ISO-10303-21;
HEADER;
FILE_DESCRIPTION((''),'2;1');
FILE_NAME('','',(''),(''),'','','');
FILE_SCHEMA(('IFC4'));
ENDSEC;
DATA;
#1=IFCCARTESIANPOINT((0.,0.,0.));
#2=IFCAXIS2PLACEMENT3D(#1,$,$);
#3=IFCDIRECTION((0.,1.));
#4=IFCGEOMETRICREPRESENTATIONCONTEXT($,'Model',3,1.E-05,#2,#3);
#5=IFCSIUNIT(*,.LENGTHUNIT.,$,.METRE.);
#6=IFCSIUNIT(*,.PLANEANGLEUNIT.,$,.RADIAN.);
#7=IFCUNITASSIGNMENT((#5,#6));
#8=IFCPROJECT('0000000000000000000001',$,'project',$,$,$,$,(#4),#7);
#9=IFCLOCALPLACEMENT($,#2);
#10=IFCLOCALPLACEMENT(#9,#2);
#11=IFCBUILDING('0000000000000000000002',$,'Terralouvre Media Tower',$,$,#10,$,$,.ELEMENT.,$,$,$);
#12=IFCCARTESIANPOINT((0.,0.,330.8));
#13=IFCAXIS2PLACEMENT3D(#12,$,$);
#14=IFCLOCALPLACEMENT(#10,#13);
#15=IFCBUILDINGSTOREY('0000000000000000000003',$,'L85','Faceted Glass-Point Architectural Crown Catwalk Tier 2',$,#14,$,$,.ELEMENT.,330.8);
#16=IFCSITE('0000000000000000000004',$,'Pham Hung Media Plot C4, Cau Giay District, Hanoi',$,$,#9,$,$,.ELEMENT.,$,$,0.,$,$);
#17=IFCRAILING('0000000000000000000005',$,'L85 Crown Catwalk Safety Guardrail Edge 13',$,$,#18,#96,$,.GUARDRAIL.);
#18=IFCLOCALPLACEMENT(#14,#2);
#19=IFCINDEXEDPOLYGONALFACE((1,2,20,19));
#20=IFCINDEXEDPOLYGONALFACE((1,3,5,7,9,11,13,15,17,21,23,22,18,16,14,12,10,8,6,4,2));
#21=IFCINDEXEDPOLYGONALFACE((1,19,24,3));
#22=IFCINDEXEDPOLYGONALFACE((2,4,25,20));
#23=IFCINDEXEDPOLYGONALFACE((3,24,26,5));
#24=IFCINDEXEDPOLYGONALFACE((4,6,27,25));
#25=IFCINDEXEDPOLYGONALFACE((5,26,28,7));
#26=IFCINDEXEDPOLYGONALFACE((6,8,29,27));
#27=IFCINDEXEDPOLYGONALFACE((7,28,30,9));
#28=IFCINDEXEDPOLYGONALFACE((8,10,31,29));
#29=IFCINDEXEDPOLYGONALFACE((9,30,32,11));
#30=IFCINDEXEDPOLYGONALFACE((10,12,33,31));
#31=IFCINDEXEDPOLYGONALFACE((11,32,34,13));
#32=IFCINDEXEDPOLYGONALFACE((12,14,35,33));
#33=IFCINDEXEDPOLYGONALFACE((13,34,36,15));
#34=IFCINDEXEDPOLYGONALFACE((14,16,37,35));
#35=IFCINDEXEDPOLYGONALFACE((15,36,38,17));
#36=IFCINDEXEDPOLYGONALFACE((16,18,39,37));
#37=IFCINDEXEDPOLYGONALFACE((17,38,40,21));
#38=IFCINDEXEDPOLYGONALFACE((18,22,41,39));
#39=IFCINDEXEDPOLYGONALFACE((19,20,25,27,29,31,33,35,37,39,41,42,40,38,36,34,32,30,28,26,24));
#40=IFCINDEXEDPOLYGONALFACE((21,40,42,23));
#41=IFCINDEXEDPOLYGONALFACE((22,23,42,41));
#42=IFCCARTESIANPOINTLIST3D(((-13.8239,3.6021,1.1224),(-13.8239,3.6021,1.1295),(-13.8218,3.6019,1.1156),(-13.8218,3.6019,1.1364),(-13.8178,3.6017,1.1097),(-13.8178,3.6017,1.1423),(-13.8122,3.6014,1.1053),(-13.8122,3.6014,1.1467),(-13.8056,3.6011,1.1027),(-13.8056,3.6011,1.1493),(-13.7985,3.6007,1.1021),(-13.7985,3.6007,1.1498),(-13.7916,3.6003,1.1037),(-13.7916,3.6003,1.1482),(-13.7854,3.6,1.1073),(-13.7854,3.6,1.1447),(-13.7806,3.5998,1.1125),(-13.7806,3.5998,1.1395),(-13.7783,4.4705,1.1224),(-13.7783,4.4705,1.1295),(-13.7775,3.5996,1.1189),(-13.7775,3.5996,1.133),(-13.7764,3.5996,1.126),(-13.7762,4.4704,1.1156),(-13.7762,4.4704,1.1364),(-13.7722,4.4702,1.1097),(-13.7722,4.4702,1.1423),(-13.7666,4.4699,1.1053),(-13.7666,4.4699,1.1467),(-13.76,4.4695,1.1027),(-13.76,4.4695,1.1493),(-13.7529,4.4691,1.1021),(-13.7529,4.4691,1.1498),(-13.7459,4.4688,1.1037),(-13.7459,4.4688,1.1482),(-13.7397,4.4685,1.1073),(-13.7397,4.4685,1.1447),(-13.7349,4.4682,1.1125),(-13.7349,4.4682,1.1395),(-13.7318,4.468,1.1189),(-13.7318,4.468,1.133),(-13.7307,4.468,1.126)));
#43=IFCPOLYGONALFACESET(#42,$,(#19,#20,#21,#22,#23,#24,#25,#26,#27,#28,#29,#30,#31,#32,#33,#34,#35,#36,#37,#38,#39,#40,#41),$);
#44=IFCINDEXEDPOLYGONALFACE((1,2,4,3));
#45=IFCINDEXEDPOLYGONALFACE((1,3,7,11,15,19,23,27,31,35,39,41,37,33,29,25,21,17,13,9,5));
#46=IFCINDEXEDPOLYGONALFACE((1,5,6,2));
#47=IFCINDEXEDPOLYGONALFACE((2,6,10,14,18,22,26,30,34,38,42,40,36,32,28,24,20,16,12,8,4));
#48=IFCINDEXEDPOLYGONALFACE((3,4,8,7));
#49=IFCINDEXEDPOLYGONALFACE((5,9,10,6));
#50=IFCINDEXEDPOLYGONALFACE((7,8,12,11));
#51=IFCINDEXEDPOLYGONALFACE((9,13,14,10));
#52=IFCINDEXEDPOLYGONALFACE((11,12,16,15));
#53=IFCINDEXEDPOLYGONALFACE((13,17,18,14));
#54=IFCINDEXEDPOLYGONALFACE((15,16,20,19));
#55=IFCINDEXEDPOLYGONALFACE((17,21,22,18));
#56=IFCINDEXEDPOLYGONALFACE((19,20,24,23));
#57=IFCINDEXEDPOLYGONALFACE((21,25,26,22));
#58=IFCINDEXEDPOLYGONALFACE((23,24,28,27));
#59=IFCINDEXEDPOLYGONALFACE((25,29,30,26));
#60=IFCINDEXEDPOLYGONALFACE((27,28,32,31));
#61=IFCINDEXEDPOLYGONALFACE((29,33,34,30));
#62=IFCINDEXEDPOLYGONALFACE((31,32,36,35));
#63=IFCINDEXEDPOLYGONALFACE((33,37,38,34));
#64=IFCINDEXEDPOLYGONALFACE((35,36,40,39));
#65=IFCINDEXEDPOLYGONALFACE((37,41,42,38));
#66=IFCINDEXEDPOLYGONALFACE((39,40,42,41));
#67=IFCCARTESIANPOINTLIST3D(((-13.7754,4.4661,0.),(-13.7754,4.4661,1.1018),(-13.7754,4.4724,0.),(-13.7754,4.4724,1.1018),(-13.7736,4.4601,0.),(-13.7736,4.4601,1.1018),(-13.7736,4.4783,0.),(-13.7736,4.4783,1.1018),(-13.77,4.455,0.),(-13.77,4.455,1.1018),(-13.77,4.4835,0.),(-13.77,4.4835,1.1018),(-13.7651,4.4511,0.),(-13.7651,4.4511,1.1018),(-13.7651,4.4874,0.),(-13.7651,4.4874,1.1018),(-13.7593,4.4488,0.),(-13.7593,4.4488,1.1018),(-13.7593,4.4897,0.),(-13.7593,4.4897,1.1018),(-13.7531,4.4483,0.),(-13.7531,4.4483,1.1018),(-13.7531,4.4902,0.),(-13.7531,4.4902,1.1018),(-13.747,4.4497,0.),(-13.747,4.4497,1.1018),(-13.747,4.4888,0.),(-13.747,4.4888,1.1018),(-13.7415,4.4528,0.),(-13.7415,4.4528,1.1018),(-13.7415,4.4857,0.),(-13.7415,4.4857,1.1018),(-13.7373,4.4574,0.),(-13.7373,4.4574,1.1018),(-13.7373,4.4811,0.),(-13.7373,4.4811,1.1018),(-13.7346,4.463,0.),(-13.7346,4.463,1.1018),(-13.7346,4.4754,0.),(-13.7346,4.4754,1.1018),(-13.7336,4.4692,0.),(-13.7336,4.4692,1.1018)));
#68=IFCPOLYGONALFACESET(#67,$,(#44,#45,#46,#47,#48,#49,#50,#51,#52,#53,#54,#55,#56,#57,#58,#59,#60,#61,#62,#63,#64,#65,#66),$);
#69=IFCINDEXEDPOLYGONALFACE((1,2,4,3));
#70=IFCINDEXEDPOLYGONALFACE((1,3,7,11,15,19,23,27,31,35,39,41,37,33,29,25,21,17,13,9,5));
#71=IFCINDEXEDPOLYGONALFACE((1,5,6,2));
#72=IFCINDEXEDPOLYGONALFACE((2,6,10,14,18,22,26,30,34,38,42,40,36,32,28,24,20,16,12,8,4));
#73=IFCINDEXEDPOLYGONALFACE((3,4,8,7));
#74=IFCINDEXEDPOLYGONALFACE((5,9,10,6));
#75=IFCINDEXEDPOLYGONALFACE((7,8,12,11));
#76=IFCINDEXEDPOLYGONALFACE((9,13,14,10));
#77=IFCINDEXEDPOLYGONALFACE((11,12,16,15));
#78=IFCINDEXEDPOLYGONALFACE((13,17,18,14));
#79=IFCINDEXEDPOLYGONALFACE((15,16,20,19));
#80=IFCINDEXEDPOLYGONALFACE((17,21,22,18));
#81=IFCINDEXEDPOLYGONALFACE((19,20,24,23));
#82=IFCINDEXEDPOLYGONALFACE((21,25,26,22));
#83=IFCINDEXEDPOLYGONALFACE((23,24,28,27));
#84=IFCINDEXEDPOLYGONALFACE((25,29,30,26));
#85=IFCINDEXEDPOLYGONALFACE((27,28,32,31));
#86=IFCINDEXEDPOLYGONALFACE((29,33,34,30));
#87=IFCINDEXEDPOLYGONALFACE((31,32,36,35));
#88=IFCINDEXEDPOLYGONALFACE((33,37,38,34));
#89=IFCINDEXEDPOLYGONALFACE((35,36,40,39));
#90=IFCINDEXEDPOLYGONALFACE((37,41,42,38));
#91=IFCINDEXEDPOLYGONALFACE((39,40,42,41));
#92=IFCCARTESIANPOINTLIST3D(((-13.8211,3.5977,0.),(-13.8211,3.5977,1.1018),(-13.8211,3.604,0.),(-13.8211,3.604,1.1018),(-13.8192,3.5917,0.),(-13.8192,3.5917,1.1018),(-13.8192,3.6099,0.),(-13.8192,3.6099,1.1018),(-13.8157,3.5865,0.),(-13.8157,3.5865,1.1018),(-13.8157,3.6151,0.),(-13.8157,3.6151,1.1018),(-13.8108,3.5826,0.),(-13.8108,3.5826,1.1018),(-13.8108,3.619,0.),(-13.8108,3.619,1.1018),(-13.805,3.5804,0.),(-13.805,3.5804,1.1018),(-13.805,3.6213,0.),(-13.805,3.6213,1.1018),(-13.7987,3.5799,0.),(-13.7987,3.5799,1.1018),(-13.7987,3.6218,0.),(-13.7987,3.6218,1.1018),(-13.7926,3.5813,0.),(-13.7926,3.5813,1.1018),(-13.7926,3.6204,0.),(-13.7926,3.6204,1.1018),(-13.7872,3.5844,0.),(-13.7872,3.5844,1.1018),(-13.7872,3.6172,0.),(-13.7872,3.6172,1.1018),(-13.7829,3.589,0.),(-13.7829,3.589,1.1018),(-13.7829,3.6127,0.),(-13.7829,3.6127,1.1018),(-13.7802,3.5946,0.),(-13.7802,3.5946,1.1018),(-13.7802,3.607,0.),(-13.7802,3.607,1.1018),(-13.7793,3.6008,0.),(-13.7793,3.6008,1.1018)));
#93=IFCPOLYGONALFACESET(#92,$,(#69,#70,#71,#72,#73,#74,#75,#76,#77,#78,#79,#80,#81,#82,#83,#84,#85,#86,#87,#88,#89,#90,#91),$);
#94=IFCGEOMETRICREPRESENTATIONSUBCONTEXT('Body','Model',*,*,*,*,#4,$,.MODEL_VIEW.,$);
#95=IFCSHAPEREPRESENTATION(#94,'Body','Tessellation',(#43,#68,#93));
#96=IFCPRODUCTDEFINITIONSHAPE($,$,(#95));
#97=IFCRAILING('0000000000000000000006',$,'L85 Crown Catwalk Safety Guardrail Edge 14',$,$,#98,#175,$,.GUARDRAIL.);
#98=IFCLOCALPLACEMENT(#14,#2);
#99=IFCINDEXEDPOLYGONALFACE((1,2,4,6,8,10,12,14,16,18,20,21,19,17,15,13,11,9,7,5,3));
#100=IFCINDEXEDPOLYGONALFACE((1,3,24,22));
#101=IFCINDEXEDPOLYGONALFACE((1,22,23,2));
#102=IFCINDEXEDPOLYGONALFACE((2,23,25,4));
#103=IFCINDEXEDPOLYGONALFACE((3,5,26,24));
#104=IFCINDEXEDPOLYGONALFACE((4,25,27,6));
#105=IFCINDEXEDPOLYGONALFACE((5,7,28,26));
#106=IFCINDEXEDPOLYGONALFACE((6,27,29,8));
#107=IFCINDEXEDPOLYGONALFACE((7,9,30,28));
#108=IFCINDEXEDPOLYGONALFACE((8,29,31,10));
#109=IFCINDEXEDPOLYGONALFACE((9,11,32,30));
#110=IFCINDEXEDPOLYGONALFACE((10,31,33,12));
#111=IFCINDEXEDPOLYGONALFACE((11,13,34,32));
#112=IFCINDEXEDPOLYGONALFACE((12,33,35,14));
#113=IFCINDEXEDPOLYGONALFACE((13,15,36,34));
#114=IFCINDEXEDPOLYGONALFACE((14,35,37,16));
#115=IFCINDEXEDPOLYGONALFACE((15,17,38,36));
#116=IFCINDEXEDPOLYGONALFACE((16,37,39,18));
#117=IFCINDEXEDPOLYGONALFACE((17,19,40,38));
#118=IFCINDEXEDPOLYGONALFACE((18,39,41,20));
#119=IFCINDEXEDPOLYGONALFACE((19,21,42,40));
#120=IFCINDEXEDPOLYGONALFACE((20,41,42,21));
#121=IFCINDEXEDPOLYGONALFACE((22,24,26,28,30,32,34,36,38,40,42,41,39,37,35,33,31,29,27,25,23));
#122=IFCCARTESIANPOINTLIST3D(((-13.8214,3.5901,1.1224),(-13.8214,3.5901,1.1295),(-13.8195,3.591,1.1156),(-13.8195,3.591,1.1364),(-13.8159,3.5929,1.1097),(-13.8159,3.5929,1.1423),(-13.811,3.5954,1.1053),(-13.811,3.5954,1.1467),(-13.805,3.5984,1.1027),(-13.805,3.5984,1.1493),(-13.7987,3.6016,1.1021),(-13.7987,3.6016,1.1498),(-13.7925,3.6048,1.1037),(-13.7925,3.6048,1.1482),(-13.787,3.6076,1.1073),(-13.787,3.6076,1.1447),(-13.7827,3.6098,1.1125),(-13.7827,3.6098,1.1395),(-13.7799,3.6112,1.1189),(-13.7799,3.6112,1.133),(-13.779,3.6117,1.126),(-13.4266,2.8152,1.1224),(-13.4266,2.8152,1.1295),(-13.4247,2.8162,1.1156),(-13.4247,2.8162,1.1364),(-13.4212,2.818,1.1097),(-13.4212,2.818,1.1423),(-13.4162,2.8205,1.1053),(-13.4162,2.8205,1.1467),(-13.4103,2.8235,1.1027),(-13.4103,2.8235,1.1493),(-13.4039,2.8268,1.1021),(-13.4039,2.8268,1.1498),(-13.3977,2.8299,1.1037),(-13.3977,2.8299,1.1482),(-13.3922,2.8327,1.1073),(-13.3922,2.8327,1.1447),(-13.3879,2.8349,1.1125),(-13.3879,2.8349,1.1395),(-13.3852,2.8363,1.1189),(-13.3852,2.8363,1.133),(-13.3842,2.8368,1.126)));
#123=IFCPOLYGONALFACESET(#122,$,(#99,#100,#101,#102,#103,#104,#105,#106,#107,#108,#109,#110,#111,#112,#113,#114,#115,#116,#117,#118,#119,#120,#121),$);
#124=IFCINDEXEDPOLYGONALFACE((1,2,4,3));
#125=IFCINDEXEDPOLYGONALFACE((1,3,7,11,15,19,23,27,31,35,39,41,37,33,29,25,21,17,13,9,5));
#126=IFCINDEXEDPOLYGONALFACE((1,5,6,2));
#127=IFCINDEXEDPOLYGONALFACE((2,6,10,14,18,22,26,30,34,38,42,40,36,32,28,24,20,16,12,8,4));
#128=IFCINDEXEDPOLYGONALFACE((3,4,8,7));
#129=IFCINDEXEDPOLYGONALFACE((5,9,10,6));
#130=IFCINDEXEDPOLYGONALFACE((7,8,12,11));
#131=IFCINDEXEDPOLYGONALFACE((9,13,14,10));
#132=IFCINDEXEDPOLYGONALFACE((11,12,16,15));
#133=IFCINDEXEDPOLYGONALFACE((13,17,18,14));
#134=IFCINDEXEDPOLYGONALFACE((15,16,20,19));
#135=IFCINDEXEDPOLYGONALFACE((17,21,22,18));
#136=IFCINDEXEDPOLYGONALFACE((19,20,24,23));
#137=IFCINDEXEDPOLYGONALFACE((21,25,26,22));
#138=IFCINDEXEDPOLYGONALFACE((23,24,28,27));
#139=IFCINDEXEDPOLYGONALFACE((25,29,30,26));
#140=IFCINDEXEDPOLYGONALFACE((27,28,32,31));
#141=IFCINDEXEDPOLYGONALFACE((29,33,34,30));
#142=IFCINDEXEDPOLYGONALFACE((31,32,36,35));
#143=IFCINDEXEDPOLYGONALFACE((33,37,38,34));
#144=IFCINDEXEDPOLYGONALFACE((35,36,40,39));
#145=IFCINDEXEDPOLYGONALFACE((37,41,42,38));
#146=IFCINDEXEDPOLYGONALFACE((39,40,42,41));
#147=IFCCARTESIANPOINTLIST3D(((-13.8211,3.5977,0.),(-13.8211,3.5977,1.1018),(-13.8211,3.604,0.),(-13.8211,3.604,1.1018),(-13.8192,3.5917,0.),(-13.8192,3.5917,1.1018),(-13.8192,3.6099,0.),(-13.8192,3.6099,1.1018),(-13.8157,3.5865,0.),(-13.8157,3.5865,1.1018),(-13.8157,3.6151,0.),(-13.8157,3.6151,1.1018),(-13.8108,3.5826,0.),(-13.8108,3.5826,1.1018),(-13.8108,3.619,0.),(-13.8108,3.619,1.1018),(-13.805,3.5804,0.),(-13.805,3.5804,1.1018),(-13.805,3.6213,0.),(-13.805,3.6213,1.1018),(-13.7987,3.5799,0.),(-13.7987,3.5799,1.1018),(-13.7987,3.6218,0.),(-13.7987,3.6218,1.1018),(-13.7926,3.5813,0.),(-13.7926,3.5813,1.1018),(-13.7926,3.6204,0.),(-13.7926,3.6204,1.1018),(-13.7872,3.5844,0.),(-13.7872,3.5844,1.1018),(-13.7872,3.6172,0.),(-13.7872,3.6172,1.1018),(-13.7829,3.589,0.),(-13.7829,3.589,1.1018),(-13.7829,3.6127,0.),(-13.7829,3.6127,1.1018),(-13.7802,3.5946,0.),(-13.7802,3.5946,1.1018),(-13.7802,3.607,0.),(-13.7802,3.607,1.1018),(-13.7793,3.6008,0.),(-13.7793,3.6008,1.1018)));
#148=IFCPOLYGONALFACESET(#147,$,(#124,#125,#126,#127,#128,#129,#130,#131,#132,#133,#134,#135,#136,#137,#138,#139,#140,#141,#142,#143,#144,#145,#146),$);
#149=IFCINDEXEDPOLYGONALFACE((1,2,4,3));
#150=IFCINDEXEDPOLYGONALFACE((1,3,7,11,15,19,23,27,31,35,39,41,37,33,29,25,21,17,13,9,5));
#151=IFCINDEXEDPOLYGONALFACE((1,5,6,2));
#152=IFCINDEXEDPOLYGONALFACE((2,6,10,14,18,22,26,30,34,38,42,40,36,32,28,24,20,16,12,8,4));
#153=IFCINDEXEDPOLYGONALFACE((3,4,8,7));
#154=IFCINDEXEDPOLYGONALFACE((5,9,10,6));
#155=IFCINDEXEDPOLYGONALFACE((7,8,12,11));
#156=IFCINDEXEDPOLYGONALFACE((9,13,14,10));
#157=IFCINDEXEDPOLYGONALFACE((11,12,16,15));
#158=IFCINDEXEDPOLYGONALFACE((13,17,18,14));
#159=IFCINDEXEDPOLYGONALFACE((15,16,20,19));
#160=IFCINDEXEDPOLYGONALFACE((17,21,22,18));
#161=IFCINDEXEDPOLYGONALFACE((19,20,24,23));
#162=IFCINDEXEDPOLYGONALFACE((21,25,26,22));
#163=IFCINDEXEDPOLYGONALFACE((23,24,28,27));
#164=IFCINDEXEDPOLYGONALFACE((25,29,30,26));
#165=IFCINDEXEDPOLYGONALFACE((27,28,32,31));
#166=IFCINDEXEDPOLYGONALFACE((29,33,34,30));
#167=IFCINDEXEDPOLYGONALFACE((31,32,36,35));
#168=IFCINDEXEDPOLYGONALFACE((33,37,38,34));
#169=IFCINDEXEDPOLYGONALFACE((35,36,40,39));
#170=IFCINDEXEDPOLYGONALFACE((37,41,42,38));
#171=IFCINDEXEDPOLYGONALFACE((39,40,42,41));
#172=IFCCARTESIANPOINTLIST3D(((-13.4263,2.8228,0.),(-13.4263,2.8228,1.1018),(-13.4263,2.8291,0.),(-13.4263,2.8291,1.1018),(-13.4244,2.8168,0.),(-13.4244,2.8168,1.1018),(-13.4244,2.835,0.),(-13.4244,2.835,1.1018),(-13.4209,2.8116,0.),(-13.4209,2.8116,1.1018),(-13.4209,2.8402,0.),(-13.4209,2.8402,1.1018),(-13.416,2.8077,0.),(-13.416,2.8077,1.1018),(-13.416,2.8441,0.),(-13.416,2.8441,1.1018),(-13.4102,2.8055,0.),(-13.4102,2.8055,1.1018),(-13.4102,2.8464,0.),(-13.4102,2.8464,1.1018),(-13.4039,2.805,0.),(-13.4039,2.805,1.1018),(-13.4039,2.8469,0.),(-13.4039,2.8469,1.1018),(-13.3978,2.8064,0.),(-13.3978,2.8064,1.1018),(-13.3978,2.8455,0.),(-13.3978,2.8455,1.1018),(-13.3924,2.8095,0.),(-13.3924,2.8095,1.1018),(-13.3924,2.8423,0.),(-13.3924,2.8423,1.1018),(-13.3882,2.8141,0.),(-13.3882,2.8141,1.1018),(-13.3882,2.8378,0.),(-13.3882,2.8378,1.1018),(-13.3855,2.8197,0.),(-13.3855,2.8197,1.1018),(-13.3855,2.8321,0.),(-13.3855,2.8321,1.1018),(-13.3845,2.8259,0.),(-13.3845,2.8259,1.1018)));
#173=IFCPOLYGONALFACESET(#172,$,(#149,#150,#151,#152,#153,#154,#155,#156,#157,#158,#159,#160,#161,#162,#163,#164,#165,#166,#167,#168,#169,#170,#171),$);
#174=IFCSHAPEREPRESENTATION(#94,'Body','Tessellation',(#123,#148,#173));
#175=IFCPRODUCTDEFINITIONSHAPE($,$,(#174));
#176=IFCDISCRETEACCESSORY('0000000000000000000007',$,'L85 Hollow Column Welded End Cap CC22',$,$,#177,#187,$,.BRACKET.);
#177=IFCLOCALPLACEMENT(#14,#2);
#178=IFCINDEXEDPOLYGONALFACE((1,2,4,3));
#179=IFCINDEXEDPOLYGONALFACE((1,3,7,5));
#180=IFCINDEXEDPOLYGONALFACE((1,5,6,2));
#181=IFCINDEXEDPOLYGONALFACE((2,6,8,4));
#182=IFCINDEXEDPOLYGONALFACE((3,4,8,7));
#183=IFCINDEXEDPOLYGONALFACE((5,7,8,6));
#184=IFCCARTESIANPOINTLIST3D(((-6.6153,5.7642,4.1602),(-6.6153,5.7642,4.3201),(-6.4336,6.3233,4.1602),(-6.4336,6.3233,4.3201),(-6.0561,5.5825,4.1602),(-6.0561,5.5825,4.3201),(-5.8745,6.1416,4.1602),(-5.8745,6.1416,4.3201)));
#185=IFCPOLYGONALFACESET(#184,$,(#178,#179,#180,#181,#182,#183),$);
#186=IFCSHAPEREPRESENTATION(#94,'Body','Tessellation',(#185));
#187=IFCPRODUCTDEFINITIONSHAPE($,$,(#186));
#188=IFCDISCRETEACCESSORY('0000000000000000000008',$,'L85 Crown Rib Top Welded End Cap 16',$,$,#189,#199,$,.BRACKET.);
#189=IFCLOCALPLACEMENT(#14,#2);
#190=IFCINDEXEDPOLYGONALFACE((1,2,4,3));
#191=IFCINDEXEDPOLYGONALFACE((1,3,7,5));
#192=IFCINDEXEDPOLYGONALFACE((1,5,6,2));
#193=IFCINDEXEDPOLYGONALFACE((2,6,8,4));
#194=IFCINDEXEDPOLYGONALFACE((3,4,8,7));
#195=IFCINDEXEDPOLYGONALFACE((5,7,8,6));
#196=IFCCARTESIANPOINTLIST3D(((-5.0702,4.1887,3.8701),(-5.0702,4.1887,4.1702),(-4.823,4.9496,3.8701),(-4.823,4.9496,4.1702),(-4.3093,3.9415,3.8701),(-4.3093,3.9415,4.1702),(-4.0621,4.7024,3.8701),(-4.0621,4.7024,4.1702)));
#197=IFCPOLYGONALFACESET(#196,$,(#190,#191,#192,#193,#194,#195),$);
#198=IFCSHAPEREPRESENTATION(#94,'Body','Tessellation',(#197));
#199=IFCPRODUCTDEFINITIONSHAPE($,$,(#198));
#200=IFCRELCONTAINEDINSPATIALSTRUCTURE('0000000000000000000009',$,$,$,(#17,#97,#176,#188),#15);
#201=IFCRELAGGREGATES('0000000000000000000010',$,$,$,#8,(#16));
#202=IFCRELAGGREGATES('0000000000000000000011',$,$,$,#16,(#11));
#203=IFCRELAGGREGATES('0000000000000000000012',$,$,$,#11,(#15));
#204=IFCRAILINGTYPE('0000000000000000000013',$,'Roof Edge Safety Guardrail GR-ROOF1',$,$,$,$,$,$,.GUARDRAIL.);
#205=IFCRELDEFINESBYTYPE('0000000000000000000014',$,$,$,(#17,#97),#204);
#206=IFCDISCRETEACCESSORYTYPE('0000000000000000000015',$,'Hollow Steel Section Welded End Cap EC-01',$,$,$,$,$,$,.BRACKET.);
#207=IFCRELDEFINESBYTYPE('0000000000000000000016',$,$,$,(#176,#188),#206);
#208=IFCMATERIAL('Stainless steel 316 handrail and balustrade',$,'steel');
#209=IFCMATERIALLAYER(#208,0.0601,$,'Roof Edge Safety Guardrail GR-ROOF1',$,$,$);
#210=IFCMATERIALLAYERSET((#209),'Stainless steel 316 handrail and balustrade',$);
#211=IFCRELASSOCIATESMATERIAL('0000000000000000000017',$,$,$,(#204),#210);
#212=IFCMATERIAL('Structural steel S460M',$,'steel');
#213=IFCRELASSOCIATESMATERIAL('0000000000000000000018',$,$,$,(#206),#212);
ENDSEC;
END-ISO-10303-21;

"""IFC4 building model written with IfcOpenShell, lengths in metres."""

from ifc_helpers import new_model, si_unit, direction, frame, origin, origin_2d, place, context, subcontext, project, spatial, rectangle, circle, extrude, material, layer, layer_set, type_object, element, save


model = new_model("IFC4")

# Units and contexts
model_context = context("Model", 3, precision=1e-05, world=origin(), true_north=direction((0.0, 1.0)))
body_context = subcontext(model_context, "Body", "Model", "MODEL_VIEW")
ifc_project = project(units=[si_unit("LENGTHUNIT", "METRE"), si_unit("PLANEANGLEUNIT", "RADIAN")], contexts=[model_context])

# Site, building, storey
site_placement = place(None, origin())
site = spatial("IfcSite", under=ifc_project, at=site_placement, Name="Pham Hung Media Plot C4, Cau Giay District, Hanoi", CompositionType="ELEMENT", RefElevation=0.0)
building_placement = place(site_placement, origin())
building = spatial("IfcBuilding", under=site, at=building_placement, Name="Terralouvre Media Tower", CompositionType="ELEMENT")
storey_placement = place(building_placement, frame((0.0, 0.0, 330.8)))
storey = spatial("IfcBuildingStorey", under=building, at=storey_placement, Name="L85", Description="Faceted Glass-Point Architectural Crown Catwalk Tier 2", CompositionType="ELEMENT", Elevation=330.8)

# Railings
ifc_material_1 = material(Name="Stainless steel 316 handrail and balustrade", Category="steel")
ifc_layer_1 = layer(ifc_material_1, 0.0601, Name="Roof Edge Safety Guardrail GR-ROOF1")
ifc_layer_set_1 = layer_set([ifc_layer_1], Name="Stainless steel 316 handrail and balustrade")
railing_type = type_object("IfcRailingType", Name="Roof Edge Safety Guardrail GR-ROOF1", PredefinedType="GUARDRAIL", material=ifc_layer_set_1)
railing_1_placement = place(storey_placement, frame((-13.7546, 4.4692, 0.0)))
element("IfcRailing", 1, at=railing_1_placement, inside=storey, type_object=railing_type, Name="L85 Crown Catwalk Safety Guardrail Edge 13", PredefinedType="GUARDRAIL", context=body_context, shape_type="SweptSolid", body=[
    extrude(circle(Radius=0.0239, at=origin_2d()), frame((0.0, 0.0, 1.126), z_axis=(-0.0525, -0.998621, 0.0), x_axis=(0.998621, -0.0525, 0.0)), (0.0, 0.0, 1.0), 0.8696),
    extrude(circle(Radius=0.021, at=origin_2d()), origin(), (0.0, 0.0, 1.0), 1.1018),
    extrude(circle(Radius=0.021, at=origin_2d()), frame((-0.0457, -0.8684, 0.0)), (0.0, 0.0, 1.0), 1.1018),
])
railing_2_placement = place(storey_placement, frame((-13.8003, 3.6008, 0.0)))
element("IfcRailing", 2, at=railing_2_placement, inside=storey, type_object=railing_type, Name="L85 Crown Catwalk Safety Guardrail Edge 14", PredefinedType="GUARDRAIL", context=body_context, shape_type="SweptSolid", body=[
    extrude(circle(Radius=0.0239, at=origin_2d()), frame((0.0, 0.0, 1.126), z_axis=(0.453938, -0.891033, 0.0), x_axis=(0.891033, 0.453938, 0.0)), (0.0, 0.0, 1.0), 0.8696),
    extrude(circle(Radius=0.021, at=origin_2d()), origin(), (0.0, 0.0, 1.0), 1.1018),
    extrude(circle(Radius=0.021, at=origin_2d()), frame((0.3948, -0.7749, 0.0)), (0.0, 0.0, 1.0), 1.1018),
])

# Discrete accessories
ifc_material_2 = material(Name="Structural steel S460M", Category="steel")
discrete_accessory_type = type_object("IfcDiscreteAccessoryType", Name="Hollow Steel Section Welded End Cap EC-01", PredefinedType="BRACKET", material=ifc_material_2)
discrete_accessory_1_placement = place(storey_placement, frame((-6.2449, 5.9529, 4.1602), z_axis=(0.0, 0.0, 1.0), x_axis=(0.309017, 0.951057, 0.0)))
element("IfcDiscreteAccessory", 3, at=discrete_accessory_1_placement, inside=storey, type_object=discrete_accessory_type, Name="L85 Hollow Column Welded End Cap CC22", PredefinedType="BRACKET", context=body_context, shape_type="SweptSolid", body=[
    extrude(rectangle(XDim=0.5879, YDim=0.5879, at=origin_2d()), origin(), (0.0, 0.0, 1.0), 0.1599),
])
discrete_accessory_2_placement = place(storey_placement, frame((-4.5662, 4.4456, 3.8701), z_axis=(0.0, 0.0, 1.0), x_axis=(0.309017, 0.951057, 0.0)))
element("IfcDiscreteAccessory", 4, at=discrete_accessory_2_placement, inside=storey, type_object=discrete_accessory_type, Name="L85 Crown Rib Top Welded End Cap 16", PredefinedType="BRACKET", context=body_context, shape_type="SweptSolid", body=[
    extrude(rectangle(XDim=0.8, YDim=0.8, at=origin_2d()), origin(), (0.0, 0.0, 1.0), 0.3),
])

save(model, "model.ifc")
